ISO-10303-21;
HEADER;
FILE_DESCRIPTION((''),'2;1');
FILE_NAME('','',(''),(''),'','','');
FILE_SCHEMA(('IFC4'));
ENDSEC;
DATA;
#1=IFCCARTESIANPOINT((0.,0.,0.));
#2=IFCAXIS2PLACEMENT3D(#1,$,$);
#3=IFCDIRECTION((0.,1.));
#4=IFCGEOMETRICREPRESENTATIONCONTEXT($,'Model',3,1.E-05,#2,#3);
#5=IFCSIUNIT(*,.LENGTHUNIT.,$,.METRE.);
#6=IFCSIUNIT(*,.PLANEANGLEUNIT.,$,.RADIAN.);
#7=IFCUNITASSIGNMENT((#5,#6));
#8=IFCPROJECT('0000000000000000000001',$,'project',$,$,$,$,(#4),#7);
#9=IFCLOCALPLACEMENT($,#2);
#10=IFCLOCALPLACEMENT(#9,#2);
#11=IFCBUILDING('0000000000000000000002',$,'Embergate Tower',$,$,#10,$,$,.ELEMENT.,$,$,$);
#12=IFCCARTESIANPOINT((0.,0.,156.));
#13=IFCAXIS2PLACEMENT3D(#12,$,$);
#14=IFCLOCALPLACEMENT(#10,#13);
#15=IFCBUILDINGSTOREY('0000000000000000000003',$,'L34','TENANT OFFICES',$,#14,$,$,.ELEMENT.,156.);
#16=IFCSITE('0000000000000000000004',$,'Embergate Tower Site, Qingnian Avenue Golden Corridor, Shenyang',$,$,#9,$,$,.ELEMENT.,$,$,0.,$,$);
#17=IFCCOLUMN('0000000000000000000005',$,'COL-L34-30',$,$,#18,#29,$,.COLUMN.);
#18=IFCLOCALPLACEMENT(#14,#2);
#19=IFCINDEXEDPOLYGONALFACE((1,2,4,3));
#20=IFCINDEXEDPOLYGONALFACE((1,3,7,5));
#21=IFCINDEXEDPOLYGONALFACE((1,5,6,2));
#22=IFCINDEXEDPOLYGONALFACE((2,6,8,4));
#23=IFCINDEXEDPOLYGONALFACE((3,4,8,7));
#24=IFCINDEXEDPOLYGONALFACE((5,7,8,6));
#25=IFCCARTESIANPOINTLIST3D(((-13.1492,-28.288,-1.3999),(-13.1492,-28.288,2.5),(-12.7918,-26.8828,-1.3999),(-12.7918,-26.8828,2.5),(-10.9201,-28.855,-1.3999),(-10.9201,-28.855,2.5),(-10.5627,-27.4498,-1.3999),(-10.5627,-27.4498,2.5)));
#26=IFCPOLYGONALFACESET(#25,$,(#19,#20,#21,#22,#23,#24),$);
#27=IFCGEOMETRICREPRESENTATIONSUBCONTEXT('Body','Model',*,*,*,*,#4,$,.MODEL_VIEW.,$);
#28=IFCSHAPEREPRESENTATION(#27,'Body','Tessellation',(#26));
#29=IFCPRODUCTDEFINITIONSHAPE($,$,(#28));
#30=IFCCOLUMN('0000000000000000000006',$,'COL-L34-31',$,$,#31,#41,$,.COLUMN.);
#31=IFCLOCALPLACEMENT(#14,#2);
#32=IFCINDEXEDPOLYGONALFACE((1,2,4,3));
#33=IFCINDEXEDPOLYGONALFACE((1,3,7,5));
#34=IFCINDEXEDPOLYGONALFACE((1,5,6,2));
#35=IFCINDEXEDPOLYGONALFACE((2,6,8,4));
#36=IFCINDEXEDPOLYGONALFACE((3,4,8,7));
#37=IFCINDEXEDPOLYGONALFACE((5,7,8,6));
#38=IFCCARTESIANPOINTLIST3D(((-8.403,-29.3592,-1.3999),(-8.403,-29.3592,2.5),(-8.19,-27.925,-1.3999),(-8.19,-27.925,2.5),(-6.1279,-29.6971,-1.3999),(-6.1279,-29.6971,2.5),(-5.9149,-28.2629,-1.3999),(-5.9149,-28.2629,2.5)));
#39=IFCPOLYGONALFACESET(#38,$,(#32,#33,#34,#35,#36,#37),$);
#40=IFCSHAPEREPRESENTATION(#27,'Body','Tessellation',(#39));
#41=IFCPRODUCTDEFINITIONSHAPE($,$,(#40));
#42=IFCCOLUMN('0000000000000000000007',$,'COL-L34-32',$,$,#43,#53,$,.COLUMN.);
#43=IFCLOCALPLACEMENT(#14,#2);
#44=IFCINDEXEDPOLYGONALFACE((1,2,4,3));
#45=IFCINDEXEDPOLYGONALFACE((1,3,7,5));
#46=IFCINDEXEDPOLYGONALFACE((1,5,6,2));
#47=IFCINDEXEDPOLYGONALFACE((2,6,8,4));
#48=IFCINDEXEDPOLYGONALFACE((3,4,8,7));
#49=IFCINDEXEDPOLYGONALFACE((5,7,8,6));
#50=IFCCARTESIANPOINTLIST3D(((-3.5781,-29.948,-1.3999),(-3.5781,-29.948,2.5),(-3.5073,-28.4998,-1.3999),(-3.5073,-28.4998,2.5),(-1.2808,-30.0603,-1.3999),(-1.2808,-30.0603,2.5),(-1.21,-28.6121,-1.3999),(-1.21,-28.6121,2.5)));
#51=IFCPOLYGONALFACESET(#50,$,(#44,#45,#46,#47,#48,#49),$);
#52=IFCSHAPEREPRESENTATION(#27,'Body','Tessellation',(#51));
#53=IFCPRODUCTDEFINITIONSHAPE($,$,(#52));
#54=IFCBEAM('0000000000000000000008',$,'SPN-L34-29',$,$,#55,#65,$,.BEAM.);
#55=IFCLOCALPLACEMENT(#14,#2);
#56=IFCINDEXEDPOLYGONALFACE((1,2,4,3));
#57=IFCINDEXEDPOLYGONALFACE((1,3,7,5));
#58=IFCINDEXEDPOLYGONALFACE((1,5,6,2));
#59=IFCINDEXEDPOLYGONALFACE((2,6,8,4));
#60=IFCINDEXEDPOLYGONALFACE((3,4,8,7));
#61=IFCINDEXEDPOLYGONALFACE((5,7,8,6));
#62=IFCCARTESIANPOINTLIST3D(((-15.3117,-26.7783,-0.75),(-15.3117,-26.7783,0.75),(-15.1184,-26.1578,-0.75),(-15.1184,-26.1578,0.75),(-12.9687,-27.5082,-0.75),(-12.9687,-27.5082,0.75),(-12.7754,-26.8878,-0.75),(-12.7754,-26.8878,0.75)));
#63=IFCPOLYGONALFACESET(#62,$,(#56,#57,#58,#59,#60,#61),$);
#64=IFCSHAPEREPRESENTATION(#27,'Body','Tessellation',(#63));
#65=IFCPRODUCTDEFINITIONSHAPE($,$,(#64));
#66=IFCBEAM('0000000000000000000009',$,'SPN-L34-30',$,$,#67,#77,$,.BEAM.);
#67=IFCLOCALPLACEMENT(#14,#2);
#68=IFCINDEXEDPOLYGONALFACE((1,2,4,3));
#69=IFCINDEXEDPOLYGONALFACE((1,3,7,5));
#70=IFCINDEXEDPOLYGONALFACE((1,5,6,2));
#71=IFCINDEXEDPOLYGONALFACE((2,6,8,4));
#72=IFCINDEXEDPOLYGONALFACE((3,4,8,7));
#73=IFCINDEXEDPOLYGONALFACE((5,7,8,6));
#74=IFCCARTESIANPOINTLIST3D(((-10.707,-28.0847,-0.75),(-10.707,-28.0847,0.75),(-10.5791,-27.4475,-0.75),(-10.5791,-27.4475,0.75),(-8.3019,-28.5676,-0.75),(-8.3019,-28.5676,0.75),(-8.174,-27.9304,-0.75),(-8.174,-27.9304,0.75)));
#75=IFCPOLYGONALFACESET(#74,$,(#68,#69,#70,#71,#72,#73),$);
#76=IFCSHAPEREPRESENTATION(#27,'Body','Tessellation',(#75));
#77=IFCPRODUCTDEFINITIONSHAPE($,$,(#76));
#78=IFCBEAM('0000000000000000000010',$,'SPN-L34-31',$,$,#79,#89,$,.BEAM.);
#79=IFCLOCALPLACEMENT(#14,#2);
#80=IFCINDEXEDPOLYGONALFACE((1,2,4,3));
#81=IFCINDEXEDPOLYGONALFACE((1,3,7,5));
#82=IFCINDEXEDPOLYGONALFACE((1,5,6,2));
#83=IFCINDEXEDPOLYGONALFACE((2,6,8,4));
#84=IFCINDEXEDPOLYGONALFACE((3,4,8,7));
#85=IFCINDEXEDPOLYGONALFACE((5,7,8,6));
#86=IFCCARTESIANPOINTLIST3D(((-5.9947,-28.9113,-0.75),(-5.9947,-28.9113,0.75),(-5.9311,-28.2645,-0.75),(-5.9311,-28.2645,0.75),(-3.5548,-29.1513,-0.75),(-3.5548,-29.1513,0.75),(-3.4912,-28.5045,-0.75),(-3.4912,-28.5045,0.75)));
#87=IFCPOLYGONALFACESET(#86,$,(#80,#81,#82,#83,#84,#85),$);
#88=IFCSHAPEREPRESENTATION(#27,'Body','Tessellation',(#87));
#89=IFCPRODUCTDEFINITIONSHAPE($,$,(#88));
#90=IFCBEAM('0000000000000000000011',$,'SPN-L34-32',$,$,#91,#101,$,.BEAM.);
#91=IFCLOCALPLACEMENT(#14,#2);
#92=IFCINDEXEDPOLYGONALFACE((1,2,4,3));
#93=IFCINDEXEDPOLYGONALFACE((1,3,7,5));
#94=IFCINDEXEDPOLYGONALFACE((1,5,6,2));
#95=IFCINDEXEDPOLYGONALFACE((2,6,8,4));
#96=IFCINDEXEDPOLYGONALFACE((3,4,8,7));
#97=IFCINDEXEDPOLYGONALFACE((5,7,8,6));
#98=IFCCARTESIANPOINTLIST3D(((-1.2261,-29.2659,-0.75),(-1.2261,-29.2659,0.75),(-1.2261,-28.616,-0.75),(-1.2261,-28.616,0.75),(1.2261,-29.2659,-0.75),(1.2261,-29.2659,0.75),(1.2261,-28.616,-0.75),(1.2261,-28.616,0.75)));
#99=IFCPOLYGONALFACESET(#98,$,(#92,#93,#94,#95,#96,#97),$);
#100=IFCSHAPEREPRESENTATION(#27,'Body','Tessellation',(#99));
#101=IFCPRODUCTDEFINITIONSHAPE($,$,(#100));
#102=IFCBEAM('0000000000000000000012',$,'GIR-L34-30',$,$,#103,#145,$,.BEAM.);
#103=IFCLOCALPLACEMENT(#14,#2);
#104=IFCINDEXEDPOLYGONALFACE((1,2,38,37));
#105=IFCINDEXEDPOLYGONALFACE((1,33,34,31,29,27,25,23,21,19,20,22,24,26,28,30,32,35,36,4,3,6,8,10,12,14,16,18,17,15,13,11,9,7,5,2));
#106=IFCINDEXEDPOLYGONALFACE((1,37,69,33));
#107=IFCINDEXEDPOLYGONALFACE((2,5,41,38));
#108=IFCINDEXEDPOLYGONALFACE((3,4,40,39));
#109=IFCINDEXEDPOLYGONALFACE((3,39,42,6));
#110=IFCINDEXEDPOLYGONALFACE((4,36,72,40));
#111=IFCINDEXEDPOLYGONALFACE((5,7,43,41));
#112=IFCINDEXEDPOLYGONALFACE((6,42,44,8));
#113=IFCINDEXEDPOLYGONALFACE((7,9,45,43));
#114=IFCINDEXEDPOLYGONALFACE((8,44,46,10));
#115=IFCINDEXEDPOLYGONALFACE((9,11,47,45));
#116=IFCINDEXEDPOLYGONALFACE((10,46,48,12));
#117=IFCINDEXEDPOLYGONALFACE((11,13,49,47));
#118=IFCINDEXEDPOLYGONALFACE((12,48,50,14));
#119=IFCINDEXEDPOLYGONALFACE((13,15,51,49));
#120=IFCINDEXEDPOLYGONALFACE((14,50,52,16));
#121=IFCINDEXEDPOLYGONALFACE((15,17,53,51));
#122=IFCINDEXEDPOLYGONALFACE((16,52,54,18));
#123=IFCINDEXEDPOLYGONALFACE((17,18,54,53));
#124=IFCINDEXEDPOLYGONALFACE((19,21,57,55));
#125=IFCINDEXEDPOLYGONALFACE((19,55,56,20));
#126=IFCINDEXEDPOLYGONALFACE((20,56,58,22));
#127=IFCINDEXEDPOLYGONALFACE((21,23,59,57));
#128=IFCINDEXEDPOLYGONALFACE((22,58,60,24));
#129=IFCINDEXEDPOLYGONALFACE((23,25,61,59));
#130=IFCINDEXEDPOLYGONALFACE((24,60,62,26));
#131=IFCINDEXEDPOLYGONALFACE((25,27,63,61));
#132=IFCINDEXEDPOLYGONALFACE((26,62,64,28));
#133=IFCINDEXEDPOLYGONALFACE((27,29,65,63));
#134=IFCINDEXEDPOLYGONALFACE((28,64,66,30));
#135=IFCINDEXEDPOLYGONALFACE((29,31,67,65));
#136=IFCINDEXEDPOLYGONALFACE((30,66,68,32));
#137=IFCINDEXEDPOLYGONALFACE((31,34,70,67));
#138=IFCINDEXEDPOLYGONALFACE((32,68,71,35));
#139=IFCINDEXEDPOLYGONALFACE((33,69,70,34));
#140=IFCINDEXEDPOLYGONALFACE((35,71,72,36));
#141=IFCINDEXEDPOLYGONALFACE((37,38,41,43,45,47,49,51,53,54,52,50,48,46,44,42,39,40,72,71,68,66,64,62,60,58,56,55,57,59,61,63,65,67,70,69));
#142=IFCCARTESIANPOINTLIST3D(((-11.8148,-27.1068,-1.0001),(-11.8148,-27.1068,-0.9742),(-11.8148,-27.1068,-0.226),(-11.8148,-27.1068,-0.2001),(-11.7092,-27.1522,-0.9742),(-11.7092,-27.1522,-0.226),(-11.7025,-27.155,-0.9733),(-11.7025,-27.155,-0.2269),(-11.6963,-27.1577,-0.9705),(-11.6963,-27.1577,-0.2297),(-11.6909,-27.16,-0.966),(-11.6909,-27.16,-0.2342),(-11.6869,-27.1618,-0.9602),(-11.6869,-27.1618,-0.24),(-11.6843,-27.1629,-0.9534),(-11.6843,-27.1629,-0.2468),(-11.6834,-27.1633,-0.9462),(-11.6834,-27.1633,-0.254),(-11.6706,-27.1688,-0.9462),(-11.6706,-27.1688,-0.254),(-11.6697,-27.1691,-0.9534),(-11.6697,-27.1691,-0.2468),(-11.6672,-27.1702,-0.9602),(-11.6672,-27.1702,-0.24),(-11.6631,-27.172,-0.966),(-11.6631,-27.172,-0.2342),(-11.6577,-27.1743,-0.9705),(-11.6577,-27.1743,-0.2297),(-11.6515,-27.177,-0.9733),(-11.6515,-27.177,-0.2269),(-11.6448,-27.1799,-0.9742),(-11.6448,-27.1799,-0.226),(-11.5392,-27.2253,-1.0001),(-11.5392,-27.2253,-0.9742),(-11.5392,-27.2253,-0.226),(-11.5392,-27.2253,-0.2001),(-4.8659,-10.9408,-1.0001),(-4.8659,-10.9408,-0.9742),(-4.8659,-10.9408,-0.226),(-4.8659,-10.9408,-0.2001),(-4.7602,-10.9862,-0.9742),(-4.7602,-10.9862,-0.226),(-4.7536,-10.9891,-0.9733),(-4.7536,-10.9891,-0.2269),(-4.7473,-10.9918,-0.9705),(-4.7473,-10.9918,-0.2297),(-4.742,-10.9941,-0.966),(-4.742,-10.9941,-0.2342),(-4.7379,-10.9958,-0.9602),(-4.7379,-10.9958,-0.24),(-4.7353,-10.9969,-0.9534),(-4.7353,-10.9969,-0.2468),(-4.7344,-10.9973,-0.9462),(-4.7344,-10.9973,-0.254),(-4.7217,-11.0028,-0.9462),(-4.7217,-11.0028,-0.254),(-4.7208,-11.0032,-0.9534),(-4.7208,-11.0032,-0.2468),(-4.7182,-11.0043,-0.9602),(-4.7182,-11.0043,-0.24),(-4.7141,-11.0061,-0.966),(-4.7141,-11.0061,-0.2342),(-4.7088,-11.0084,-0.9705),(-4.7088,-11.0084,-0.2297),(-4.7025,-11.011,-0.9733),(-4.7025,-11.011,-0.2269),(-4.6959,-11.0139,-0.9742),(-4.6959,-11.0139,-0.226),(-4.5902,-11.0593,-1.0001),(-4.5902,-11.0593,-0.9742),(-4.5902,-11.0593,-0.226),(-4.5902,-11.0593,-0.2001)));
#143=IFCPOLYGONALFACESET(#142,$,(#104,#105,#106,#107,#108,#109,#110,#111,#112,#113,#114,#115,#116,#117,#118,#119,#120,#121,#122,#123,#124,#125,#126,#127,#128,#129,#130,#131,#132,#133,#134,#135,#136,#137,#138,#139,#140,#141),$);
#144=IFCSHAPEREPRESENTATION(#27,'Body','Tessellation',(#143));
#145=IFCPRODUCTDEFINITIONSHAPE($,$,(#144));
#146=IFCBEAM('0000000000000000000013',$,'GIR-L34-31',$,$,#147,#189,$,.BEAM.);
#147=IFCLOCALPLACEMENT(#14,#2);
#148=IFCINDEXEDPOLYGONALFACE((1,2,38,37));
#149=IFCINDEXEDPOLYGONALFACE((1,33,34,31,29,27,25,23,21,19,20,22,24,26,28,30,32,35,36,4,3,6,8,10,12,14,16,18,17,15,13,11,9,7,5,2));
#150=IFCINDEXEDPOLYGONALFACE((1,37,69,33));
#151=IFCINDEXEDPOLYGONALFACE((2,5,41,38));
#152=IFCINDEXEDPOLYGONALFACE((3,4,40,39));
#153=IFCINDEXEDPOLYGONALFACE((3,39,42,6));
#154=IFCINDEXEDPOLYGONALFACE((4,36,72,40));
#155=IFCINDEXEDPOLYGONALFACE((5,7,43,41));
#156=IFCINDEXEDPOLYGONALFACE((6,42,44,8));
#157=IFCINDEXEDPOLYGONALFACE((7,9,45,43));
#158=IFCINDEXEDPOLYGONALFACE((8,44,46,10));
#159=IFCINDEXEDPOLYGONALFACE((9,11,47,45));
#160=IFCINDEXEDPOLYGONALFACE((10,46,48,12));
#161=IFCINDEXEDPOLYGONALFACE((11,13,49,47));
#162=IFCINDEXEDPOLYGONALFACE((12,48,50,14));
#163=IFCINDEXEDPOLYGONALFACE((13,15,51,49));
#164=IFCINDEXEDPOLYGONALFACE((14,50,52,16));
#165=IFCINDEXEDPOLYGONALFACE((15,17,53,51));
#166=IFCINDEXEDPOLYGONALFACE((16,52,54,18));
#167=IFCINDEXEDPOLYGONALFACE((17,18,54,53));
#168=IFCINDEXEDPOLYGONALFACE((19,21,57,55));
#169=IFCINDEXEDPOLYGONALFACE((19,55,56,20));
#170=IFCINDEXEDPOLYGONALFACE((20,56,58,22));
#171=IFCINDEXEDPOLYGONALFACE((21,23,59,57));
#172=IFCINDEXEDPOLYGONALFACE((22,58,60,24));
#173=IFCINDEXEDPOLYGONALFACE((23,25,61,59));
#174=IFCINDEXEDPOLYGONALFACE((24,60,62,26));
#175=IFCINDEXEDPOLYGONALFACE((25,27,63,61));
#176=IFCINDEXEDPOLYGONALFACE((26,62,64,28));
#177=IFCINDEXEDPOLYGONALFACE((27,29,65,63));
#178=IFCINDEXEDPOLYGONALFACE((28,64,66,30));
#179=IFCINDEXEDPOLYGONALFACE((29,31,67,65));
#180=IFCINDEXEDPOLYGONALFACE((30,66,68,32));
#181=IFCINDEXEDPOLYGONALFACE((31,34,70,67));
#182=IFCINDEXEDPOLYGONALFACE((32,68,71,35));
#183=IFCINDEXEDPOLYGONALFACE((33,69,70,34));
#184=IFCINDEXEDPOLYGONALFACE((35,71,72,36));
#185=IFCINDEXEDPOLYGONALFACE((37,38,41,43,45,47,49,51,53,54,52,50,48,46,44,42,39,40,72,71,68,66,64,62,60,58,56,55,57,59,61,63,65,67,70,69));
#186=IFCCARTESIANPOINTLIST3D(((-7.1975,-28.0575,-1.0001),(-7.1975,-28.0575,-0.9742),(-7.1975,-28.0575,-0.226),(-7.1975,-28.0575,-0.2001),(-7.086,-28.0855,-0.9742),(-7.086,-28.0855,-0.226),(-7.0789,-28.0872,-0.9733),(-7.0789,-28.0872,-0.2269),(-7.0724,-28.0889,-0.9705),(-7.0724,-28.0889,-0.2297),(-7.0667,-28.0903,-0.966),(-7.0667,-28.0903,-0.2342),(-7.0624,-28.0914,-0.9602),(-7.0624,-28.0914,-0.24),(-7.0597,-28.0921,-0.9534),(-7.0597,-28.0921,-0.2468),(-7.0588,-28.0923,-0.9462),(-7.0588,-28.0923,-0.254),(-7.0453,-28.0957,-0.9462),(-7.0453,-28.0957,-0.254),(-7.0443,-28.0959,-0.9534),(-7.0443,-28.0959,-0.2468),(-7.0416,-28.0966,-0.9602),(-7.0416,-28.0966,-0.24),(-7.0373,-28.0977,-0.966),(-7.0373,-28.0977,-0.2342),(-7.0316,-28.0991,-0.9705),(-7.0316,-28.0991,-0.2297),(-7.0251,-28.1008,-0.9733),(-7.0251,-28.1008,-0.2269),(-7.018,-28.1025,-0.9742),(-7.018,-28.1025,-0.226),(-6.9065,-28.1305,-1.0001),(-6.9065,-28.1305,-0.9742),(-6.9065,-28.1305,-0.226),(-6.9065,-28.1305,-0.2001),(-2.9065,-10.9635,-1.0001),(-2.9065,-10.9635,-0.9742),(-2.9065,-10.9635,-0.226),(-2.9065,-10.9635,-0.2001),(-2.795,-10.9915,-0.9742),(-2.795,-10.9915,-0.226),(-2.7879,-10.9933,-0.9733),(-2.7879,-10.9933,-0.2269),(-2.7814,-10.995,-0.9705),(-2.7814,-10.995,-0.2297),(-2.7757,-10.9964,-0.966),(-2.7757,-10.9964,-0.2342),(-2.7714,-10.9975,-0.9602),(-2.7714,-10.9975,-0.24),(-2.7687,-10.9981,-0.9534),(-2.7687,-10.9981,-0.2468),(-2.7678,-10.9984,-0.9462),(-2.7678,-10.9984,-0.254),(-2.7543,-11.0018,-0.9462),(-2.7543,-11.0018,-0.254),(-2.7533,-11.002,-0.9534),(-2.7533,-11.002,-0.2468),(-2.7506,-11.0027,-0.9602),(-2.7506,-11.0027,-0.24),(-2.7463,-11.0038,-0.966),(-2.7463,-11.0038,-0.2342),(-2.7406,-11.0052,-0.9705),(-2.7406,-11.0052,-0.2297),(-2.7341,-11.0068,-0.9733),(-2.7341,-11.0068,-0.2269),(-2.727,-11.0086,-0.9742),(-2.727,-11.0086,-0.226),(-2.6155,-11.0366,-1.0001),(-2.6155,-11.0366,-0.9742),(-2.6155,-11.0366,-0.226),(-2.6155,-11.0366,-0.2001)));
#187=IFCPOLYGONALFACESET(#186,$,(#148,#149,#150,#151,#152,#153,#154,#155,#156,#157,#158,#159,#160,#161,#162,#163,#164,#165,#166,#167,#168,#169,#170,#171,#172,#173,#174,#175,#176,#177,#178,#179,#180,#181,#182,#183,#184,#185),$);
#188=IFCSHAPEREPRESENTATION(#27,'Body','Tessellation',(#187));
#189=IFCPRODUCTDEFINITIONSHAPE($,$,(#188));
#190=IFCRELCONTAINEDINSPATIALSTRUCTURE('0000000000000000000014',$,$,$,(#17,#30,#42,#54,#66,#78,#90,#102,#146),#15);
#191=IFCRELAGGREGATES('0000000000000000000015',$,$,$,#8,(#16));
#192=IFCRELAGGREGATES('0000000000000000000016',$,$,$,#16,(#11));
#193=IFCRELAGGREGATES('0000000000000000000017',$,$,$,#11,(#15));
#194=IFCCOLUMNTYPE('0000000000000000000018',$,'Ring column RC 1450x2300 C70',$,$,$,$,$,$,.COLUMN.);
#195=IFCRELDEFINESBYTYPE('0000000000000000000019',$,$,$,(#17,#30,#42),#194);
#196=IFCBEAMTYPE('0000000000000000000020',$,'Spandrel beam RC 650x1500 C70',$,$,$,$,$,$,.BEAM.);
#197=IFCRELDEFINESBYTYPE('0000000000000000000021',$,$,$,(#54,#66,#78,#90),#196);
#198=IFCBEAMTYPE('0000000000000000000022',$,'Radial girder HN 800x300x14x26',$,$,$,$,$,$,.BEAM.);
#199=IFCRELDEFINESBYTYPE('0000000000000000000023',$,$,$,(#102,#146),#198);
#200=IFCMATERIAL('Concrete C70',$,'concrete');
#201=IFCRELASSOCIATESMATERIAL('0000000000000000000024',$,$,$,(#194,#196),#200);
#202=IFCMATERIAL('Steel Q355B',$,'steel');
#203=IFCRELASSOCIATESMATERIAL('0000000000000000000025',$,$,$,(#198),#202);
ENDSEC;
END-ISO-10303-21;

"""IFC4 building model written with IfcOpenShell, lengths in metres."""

from ifc_helpers import new_model, si_unit, direction, frame, origin, origin_2d, place, context, subcontext, project, spatial, rectangle, i_section, extrude, source, transform, mapped, material, material_profile, profile_set, type_object, element, save


model = new_model("IFC4")

# Units and contexts
model_context = context("Model", 3, precision=1e-05, world=origin(), true_north=direction((0.0, 1.0)))
body_context = subcontext(model_context, "Body", "Model", "MODEL_VIEW")
ifc_project = project(units=[si_unit("LENGTHUNIT", "METRE"), si_unit("PLANEANGLEUNIT", "RADIAN")], contexts=[model_context])

# Site, building, storey
site_placement = place(None, origin())
site = spatial("IfcSite", under=ifc_project, at=site_placement, Name="Embergate Tower Site, Qingnian Avenue Golden Corridor, Shenyang", CompositionType="ELEMENT", RefElevation=0.0)
building_placement = place(site_placement, origin())
building = spatial("IfcBuilding", under=site, at=building_placement, Name="Embergate Tower", CompositionType="ELEMENT")
storey_placement = place(building_placement, frame((0.0, 0.0, 156.0)))
storey = spatial("IfcBuildingStorey", under=building, at=storey_placement, Name="L34", Description="TENANT OFFICES", CompositionType="ELEMENT", Elevation=156.0)

# Columns
ifc_material_1 = material(Name="Concrete C70", Category="concrete")
ifc_material_profile_1 = material_profile(ifc_material_1, rectangle(XDim=1.45, YDim=2.3, at=origin_2d()), Name="RC 1450x2300")
ifc_profile_set_1 = profile_set([ifc_material_profile_1], Name="Concrete C70")
column_type = type_object("IfcColumnType", Name="Ring column RC 1450x2300 C70", PredefinedType="COLUMN", material=ifc_profile_set_1)
shared_shape_1 = source(origin(), body_context, "Body", "SweptSolid", [
    extrude(rectangle(XDim=1.45, YDim=2.3, at=origin_2d()), origin(), (0.0, 0.0, 1.0), 3.8999),
])
for number, where, z_axis, x_axis, name in (
    (1, (-11.856, -27.8689, -1.3999), (0.0, 0.0, 1.0), (-0.246492, -0.969145, 0.0), "COL-L34-30"),
    (2, (-7.1589, -28.811, -1.3999), (0.0, 0.0, 1.0), (-0.146929, -0.989147, 0.0), "COL-L34-31"),
    (3, (-2.394, -29.28, -1.3999), (0.0, 0.0, 1.0), (-0.048815, -0.998808, 0.0), "COL-L34-32"),
):
    element("IfcColumn", number, at=place(storey_placement, frame(where, z_axis=z_axis, x_axis=x_axis)), inside=storey, type_object=column_type, Name=name, PredefinedType="COLUMN", context=body_context, shape_type="MappedRepresentation", body=[
        mapped(shared_shape_1, transform((0.0, 0.0, 0.0))),
    ])

# Beams
ifc_material_profile_2 = material_profile(ifc_material_1, rectangle(XDim=0.6499, YDim=1.5, at=origin_2d()), Name="RC 650x1500")
ifc_profile_set_2 = profile_set([ifc_material_profile_2], Name="Concrete C70")
beam_type_1 = type_object("IfcBeamType", Name="Spandrel beam RC 650x1500 C70", PredefinedType="BEAM", material=ifc_profile_set_2)
shared_shape_2 = source(origin(), body_context, "Body", "SweptSolid", [
    extrude(rectangle(XDim=0.6499, YDim=1.5, at=origin_2d()), origin(), (0.0, 0.0, 1.0), 2.4541),
])
beam_1_placement = place(storey_placement, frame((-15.2151, -26.468, 0.0), z_axis=(0.954736, -0.297454, 0.0), x_axis=(0.297454, 0.954736, 0.0)))
element("IfcBeam", 4, at=beam_1_placement, inside=storey, type_object=beam_type_1, Name="SPN-L34-29", PredefinedType="BEAM", context=body_context, shape_type="MappedRepresentation", body=[
    mapped(shared_shape_2, transform((0.0, 0.0, 0.0))),
])
shared_shape_3 = source(origin(), body_context, "Body", "SweptSolid", [
    extrude(rectangle(XDim=0.6499, YDim=1.5, at=origin_2d()), origin(), (0.0, 0.0, 1.0), 2.4531),
])
beam_2_placement = place(storey_placement, frame((-10.6431, -27.7661, 0.0), z_axis=(0.980431, -0.196863, 0.0), x_axis=(0.196863, 0.980431, 0.0)))
element("IfcBeam", 5, at=beam_2_placement, inside=storey, type_object=beam_type_1, Name="SPN-L34-30", PredefinedType="BEAM", context=body_context, shape_type="MappedRepresentation", body=[
    mapped(shared_shape_3, transform((0.0, 0.0, 0.0))),
])
shared_shape_4 = source(origin(), body_context, "Body", "SweptSolid", [
    extrude(rectangle(XDim=0.6499, YDim=1.5, at=origin_2d()), origin(), (0.0, 0.0, 1.0), 2.4517),
])
beam_3_placement = place(storey_placement, frame((-5.9629, -28.5879, 0.0), z_axis=(0.995198, -0.097887, 0.0), x_axis=(0.097887, 0.995198, 0.0)))
element("IfcBeam", 6, at=beam_3_placement, inside=storey, type_object=beam_type_1, Name="SPN-L34-31", PredefinedType="BEAM", context=body_context, shape_type="MappedRepresentation", body=[
    mapped(shared_shape_4, transform((0.0, 0.0, 0.0))),
])
shared_shape_5 = source(origin(), body_context, "Body", "SweptSolid", [
    extrude(rectangle(XDim=0.6499, YDim=1.5, at=origin_2d()), origin(), (0.0, 0.0, 1.0), 2.4521),
])
beam_4_placement = place(storey_placement, frame((-1.2261, -28.9409, 0.0), z_axis=(1.0, 0.0, 0.0), x_axis=(0.0, 1.0, 0.0)))
element("IfcBeam", 7, at=beam_4_placement, inside=storey, type_object=beam_type_1, Name="SPN-L34-32", PredefinedType="BEAM", context=body_context, shape_type="MappedRepresentation", body=[
    mapped(shared_shape_5, transform((0.0, 0.0, 0.0))),
])
ifc_material_2 = material(Name="Steel Q355B", Category="steel")
ifc_material_profile_3 = material_profile(ifc_material_2, i_section(OverallWidth=0.3, OverallDepth=0.8, WebThickness=0.0139, FlangeThickness=0.0259, FilletRadius=0.0281, at=origin_2d()), Name="HN 800x300x14x26")
ifc_profile_set_3 = profile_set([ifc_material_profile_3], Name="Steel Q355 grade B")
beam_type_2 = type_object("IfcBeamType", Name="Radial girder HN 800x300x14x26", PredefinedType="BEAM", material=ifc_profile_set_3)
shared_shape_6 = source(origin(), body_context, "Body", "SweptSolid", [
    extrude(i_section(OverallWidth=0.3, OverallDepth=0.8, WebThickness=0.0139, FlangeThickness=0.0259, FilletRadius=0.0281, at=origin_2d()), origin(), (0.0, 0.0, 1.0), 17.5962),
])
beam_5_placement = place(storey_placement, frame((-11.677, -27.166, -0.6001), z_axis=(0.394912, 0.918719, 0.0), x_axis=(-0.918719, 0.394912, 0.0)))
element("IfcBeam", 8, at=beam_5_placement, inside=storey, type_object=beam_type_2, Name="GIR-L34-30", PredefinedType="BEAM", context=body_context, shape_type="MappedRepresentation", body=[
    mapped(shared_shape_6, transform((0.0, 0.0, 0.0))),
])
shared_shape_7 = source(origin(), body_context, "Body", "SweptSolid", [
    extrude(i_section(OverallWidth=0.3, OverallDepth=0.8, WebThickness=0.0139, FlangeThickness=0.0259, FilletRadius=0.0281, at=origin_2d()), origin(), (0.0, 0.0, 1.0), 17.6243),
])
beam_6_placement = place(storey_placement, frame((-7.052, -28.094, -0.6001), z_axis=(0.243471, 0.969908, 0.0), x_axis=(-0.969908, 0.243471, 0.0)))
element("IfcBeam", 9, at=beam_6_placement, inside=storey, type_object=beam_type_2, Name="GIR-L34-31", PredefinedType="BEAM", context=body_context, shape_type="MappedRepresentation", body=[
    mapped(shared_shape_7, transform((0.0, 0.0, 0.0))),
])

save(model, "model.ifc")
